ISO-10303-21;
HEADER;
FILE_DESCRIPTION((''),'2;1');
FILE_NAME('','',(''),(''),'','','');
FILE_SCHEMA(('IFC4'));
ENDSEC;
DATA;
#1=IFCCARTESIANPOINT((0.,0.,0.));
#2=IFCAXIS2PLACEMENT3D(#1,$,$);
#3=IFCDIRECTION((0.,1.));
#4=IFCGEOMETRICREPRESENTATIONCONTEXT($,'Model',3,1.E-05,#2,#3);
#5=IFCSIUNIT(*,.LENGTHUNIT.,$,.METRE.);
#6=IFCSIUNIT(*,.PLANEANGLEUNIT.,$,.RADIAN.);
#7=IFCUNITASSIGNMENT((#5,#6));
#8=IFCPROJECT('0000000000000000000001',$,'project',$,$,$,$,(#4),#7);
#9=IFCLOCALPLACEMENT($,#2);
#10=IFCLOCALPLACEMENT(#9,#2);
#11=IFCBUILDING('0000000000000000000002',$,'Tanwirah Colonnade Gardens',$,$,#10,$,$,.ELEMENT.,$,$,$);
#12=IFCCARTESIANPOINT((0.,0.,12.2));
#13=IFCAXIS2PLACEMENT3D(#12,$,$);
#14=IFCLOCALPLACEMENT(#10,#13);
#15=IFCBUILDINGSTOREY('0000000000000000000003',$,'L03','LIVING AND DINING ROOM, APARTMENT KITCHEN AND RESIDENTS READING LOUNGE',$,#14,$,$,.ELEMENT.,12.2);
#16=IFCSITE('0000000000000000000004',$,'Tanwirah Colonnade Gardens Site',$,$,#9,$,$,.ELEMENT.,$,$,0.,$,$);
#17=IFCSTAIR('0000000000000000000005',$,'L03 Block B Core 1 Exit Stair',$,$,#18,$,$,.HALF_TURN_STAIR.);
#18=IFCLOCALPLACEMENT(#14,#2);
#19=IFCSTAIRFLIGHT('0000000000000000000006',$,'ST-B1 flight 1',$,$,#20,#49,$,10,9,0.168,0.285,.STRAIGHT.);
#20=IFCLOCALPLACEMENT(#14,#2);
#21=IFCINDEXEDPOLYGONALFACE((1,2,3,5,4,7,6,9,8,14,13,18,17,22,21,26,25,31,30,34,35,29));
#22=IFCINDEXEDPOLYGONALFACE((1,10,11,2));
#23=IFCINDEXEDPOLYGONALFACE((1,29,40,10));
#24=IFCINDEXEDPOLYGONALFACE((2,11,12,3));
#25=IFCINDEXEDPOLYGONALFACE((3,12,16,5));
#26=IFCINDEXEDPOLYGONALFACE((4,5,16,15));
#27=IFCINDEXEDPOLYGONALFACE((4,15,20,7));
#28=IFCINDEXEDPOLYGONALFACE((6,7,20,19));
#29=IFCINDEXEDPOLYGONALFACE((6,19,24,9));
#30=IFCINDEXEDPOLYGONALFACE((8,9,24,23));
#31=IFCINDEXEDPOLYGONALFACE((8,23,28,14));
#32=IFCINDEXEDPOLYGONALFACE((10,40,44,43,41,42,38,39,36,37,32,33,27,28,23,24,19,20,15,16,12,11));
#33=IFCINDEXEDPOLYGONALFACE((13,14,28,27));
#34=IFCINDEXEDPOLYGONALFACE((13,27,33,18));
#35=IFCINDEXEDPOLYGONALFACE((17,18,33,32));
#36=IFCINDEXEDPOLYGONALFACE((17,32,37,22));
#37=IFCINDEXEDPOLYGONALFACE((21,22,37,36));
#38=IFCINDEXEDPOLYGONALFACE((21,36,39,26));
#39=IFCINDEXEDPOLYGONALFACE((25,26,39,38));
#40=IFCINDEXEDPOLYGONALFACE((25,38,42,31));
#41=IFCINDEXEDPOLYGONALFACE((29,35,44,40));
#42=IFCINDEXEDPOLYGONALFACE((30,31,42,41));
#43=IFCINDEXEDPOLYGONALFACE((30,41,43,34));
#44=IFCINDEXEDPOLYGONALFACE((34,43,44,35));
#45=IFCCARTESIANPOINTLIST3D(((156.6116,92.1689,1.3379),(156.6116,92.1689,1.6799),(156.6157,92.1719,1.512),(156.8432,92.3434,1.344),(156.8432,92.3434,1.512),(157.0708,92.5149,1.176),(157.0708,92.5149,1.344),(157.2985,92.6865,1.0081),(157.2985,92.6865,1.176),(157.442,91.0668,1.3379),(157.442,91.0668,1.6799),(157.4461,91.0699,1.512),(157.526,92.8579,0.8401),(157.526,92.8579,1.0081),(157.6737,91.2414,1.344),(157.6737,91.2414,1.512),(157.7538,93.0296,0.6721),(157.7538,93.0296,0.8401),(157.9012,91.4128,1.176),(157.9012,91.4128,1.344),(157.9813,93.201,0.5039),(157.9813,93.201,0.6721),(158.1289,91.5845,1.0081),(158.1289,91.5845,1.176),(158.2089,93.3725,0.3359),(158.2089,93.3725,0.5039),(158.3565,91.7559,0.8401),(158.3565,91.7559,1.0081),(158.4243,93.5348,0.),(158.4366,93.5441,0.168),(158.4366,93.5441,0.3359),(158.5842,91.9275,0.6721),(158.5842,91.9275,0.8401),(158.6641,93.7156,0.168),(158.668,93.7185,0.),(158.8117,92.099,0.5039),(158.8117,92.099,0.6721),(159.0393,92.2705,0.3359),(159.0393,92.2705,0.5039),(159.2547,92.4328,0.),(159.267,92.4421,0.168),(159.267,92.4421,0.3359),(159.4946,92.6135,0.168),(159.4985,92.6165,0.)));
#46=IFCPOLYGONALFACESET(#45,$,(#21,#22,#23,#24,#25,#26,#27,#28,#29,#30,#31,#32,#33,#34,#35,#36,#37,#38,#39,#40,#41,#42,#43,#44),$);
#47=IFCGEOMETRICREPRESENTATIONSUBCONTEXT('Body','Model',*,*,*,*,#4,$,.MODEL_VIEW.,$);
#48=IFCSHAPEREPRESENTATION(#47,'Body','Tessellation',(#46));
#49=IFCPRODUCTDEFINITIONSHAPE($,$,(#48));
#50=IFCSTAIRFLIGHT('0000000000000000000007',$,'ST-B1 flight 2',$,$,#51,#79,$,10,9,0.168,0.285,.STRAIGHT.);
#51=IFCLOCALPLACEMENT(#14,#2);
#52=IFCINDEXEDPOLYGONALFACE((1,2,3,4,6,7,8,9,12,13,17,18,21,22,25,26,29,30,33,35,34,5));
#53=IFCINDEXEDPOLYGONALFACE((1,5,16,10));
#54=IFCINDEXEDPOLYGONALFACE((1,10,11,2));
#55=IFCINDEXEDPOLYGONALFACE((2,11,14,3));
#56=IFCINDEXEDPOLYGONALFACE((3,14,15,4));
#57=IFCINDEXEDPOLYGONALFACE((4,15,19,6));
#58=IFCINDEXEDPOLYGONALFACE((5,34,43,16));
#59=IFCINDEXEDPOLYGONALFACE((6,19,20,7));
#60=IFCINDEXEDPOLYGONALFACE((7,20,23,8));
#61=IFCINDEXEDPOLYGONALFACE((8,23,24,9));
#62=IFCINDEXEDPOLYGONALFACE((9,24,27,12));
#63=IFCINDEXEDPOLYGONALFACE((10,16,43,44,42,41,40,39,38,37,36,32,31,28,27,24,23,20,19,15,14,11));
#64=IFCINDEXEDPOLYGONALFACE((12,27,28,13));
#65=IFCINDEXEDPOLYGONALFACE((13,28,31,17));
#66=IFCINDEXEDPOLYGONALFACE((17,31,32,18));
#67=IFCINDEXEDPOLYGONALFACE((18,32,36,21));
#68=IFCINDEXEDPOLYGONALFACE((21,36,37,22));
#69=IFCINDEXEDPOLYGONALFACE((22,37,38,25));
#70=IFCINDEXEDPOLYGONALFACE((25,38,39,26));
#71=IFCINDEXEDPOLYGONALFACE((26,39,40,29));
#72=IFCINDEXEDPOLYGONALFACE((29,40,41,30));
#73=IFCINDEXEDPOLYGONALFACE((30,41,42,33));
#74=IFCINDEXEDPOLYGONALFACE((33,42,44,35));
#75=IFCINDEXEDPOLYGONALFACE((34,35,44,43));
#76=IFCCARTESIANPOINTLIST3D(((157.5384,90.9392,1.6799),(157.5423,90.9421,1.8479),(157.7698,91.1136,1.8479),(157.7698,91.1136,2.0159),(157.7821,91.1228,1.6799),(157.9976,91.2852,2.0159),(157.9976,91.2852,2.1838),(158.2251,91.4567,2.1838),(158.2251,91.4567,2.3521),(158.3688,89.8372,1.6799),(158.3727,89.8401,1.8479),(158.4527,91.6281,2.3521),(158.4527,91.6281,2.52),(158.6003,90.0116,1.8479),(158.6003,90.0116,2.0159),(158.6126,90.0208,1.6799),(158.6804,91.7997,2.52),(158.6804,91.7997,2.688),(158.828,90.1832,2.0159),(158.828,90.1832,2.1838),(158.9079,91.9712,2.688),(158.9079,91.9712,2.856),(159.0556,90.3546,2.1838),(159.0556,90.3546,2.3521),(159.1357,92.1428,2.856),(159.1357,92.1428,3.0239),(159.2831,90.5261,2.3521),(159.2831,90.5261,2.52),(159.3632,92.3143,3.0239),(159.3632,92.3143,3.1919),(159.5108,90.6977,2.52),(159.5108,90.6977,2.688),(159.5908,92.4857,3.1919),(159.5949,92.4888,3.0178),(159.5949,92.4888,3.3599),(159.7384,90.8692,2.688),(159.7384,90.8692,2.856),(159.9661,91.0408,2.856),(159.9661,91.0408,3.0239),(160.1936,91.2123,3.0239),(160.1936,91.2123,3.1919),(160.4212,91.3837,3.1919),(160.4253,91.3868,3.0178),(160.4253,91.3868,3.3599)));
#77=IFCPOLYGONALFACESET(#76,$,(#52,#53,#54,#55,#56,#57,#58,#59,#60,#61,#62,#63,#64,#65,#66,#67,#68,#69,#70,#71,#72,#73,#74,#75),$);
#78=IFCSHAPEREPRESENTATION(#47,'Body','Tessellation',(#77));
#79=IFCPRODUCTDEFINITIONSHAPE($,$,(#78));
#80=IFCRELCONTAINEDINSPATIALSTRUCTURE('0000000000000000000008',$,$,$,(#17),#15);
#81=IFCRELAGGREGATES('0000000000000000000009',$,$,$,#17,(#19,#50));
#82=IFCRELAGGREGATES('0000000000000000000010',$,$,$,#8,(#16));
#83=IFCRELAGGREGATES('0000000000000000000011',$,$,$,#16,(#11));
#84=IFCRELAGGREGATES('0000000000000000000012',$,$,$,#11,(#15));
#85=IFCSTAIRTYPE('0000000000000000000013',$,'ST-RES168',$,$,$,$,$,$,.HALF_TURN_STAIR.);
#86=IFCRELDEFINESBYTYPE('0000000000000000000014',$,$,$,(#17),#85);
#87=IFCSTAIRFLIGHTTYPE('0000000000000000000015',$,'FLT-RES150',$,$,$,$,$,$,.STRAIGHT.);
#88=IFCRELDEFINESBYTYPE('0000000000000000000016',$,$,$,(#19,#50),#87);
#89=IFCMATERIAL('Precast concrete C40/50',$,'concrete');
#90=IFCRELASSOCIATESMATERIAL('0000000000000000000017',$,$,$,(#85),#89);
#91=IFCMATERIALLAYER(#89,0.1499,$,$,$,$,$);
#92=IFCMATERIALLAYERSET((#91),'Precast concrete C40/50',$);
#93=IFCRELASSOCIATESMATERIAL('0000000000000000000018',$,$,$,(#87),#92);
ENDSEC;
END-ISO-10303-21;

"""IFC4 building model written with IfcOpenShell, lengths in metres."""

from ifc_helpers import new_model, si_unit, direction, frame, origin, place, context, subcontext, project, spatial, polyline, outline, extrude, material, layer, layer_set, type_object, element, aggregate, save


model = new_model("IFC4")

# Units and contexts
model_context = context("Model", 3, precision=1e-05, world=origin(), true_north=direction((0.0, 1.0)))
body_context = subcontext(model_context, "Body", "Model", "MODEL_VIEW")
ifc_project = project(units=[si_unit("LENGTHUNIT", "METRE"), si_unit("PLANEANGLEUNIT", "RADIAN")], contexts=[model_context])

# Site, building, storey
site_placement = place(None, origin())
site = spatial("IfcSite", under=ifc_project, at=site_placement, Name="Tanwirah Colonnade Gardens Site", CompositionType="ELEMENT", RefElevation=0.0)
building_placement = place(site_placement, origin())
building = spatial("IfcBuilding", under=site, at=building_placement, Name="Tanwirah Colonnade Gardens", CompositionType="ELEMENT")
storey_placement = place(building_placement, frame((0.0, 0.0, 12.2)))
storey = spatial("IfcBuildingStorey", under=building, at=storey_placement, Name="L03", Description="LIVING AND DINING ROOM, APARTMENT KITCHEN AND RESIDENTS READING LOUNGE", CompositionType="ELEMENT", Elevation=12.2)

# Shared definitions
ifc_material_1 = material(Name="Precast concrete C40/50", Category="concrete")

# Stair, stair flights
stair_type = type_object("IfcStairType", Name="ST-RES168", PredefinedType="HALF_TURN_STAIR", material=ifc_material_1)
stair_placement = place(storey_placement, origin())
stair = element("IfcStair", 1, at=stair_placement, inside=storey, type_object=stair_type, Name="L03 Block B Core 1 Exit Stair", PredefinedType="HALF_TURN_STAIR")
ifc_layer_1 = layer(ifc_material_1, 0.1499)
ifc_layer_set_1 = layer_set([ifc_layer_1], Name="Precast concrete C40/50")
stair_flight_type = type_object("IfcStairFlightType", Name="FLT-RES150", PredefinedType="STRAIGHT", material=ifc_layer_set_1)
stair_flight_1_placement = place(storey_placement, frame((159.0793, 93.1646, 0.0), z_axis=(0.0, 0.0, 1.0), x_axis=(-0.798636, -0.601815, 0.0)))
stair_flight_1 = element("IfcStairFlight", 2, at=stair_flight_1_placement, type_object=stair_flight_type, Name="ST-B1 flight 1", NumberOfRisers=10, NumberOfTreads=9, PredefinedType="STRAIGHT", RiserHeight=0.168, TreadLength=0.285, context=body_context, shape_type="SweptSolid", body=[
    extrude(outline(polyline([(-0.0049, 0.0), (0.0, 0.168), (0.2849, 0.168), (0.2849, 0.3359), (0.5701, 0.3359), (0.5701, 0.5039), (0.855, 0.5039), (0.855, 0.6721), (1.1399, 0.6721), (1.1399, 0.8401), (1.425, 0.8401), (1.425, 1.0081), (1.71, 1.0081), (1.71, 1.176), (1.9951, 1.176), (1.9951, 1.344), (2.28, 1.344), (2.28, 1.512), (2.5649, 1.512), (2.5701, 1.6799), (2.5701, 1.3379), (0.3003, 0.0), (-0.0049, 0.0)])), frame((0.0, 0.6899, 0.0), z_axis=(0.0, -1.0, 0.0), x_axis=(1.0, 0.0, 0.0)), (0.0, 0.0, 1.0), 1.3799),
])
stair_flight_2_placement = place(storey_placement, frame((157.9575, 90.3911, 1.6799), z_axis=(0.0, 0.0, 1.0), x_axis=(0.798636, 0.601815, 0.0)))
stair_flight_2 = element("IfcStairFlight", 3, at=stair_flight_2_placement, type_object=stair_flight_type, Name="ST-B1 flight 2", NumberOfRisers=10, NumberOfTreads=9, PredefinedType="STRAIGHT", RiserHeight=0.168, TreadLength=0.285, context=body_context, shape_type="SweptSolid", body=[
    extrude(outline(polyline([(-0.0049, 0.0), (0.0, 0.168), (0.2849, 0.168), (0.2849, 0.3359), (0.5701, 0.3359), (0.5701, 0.5039), (0.855, 0.5039), (0.855, 0.6721), (1.1399, 0.6721), (1.1399, 0.8401), (1.425, 0.8401), (1.425, 1.0081), (1.71, 1.0081), (1.71, 1.176), (1.9951, 1.176), (1.9951, 1.344), (2.28, 1.344), (2.28, 1.512), (2.5649, 1.512), (2.5701, 1.6799), (2.5701, 1.3379), (0.3003, 0.0), (-0.0049, 0.0)])), frame((0.0, 0.6899, 0.0), z_axis=(0.0, -1.0, 0.0), x_axis=(1.0, 0.0, 0.0)), (0.0, 0.0, 1.0), 1.3799),
])
aggregate(stair, [stair_flight_1, stair_flight_2])

save(model, "model.ifc")
